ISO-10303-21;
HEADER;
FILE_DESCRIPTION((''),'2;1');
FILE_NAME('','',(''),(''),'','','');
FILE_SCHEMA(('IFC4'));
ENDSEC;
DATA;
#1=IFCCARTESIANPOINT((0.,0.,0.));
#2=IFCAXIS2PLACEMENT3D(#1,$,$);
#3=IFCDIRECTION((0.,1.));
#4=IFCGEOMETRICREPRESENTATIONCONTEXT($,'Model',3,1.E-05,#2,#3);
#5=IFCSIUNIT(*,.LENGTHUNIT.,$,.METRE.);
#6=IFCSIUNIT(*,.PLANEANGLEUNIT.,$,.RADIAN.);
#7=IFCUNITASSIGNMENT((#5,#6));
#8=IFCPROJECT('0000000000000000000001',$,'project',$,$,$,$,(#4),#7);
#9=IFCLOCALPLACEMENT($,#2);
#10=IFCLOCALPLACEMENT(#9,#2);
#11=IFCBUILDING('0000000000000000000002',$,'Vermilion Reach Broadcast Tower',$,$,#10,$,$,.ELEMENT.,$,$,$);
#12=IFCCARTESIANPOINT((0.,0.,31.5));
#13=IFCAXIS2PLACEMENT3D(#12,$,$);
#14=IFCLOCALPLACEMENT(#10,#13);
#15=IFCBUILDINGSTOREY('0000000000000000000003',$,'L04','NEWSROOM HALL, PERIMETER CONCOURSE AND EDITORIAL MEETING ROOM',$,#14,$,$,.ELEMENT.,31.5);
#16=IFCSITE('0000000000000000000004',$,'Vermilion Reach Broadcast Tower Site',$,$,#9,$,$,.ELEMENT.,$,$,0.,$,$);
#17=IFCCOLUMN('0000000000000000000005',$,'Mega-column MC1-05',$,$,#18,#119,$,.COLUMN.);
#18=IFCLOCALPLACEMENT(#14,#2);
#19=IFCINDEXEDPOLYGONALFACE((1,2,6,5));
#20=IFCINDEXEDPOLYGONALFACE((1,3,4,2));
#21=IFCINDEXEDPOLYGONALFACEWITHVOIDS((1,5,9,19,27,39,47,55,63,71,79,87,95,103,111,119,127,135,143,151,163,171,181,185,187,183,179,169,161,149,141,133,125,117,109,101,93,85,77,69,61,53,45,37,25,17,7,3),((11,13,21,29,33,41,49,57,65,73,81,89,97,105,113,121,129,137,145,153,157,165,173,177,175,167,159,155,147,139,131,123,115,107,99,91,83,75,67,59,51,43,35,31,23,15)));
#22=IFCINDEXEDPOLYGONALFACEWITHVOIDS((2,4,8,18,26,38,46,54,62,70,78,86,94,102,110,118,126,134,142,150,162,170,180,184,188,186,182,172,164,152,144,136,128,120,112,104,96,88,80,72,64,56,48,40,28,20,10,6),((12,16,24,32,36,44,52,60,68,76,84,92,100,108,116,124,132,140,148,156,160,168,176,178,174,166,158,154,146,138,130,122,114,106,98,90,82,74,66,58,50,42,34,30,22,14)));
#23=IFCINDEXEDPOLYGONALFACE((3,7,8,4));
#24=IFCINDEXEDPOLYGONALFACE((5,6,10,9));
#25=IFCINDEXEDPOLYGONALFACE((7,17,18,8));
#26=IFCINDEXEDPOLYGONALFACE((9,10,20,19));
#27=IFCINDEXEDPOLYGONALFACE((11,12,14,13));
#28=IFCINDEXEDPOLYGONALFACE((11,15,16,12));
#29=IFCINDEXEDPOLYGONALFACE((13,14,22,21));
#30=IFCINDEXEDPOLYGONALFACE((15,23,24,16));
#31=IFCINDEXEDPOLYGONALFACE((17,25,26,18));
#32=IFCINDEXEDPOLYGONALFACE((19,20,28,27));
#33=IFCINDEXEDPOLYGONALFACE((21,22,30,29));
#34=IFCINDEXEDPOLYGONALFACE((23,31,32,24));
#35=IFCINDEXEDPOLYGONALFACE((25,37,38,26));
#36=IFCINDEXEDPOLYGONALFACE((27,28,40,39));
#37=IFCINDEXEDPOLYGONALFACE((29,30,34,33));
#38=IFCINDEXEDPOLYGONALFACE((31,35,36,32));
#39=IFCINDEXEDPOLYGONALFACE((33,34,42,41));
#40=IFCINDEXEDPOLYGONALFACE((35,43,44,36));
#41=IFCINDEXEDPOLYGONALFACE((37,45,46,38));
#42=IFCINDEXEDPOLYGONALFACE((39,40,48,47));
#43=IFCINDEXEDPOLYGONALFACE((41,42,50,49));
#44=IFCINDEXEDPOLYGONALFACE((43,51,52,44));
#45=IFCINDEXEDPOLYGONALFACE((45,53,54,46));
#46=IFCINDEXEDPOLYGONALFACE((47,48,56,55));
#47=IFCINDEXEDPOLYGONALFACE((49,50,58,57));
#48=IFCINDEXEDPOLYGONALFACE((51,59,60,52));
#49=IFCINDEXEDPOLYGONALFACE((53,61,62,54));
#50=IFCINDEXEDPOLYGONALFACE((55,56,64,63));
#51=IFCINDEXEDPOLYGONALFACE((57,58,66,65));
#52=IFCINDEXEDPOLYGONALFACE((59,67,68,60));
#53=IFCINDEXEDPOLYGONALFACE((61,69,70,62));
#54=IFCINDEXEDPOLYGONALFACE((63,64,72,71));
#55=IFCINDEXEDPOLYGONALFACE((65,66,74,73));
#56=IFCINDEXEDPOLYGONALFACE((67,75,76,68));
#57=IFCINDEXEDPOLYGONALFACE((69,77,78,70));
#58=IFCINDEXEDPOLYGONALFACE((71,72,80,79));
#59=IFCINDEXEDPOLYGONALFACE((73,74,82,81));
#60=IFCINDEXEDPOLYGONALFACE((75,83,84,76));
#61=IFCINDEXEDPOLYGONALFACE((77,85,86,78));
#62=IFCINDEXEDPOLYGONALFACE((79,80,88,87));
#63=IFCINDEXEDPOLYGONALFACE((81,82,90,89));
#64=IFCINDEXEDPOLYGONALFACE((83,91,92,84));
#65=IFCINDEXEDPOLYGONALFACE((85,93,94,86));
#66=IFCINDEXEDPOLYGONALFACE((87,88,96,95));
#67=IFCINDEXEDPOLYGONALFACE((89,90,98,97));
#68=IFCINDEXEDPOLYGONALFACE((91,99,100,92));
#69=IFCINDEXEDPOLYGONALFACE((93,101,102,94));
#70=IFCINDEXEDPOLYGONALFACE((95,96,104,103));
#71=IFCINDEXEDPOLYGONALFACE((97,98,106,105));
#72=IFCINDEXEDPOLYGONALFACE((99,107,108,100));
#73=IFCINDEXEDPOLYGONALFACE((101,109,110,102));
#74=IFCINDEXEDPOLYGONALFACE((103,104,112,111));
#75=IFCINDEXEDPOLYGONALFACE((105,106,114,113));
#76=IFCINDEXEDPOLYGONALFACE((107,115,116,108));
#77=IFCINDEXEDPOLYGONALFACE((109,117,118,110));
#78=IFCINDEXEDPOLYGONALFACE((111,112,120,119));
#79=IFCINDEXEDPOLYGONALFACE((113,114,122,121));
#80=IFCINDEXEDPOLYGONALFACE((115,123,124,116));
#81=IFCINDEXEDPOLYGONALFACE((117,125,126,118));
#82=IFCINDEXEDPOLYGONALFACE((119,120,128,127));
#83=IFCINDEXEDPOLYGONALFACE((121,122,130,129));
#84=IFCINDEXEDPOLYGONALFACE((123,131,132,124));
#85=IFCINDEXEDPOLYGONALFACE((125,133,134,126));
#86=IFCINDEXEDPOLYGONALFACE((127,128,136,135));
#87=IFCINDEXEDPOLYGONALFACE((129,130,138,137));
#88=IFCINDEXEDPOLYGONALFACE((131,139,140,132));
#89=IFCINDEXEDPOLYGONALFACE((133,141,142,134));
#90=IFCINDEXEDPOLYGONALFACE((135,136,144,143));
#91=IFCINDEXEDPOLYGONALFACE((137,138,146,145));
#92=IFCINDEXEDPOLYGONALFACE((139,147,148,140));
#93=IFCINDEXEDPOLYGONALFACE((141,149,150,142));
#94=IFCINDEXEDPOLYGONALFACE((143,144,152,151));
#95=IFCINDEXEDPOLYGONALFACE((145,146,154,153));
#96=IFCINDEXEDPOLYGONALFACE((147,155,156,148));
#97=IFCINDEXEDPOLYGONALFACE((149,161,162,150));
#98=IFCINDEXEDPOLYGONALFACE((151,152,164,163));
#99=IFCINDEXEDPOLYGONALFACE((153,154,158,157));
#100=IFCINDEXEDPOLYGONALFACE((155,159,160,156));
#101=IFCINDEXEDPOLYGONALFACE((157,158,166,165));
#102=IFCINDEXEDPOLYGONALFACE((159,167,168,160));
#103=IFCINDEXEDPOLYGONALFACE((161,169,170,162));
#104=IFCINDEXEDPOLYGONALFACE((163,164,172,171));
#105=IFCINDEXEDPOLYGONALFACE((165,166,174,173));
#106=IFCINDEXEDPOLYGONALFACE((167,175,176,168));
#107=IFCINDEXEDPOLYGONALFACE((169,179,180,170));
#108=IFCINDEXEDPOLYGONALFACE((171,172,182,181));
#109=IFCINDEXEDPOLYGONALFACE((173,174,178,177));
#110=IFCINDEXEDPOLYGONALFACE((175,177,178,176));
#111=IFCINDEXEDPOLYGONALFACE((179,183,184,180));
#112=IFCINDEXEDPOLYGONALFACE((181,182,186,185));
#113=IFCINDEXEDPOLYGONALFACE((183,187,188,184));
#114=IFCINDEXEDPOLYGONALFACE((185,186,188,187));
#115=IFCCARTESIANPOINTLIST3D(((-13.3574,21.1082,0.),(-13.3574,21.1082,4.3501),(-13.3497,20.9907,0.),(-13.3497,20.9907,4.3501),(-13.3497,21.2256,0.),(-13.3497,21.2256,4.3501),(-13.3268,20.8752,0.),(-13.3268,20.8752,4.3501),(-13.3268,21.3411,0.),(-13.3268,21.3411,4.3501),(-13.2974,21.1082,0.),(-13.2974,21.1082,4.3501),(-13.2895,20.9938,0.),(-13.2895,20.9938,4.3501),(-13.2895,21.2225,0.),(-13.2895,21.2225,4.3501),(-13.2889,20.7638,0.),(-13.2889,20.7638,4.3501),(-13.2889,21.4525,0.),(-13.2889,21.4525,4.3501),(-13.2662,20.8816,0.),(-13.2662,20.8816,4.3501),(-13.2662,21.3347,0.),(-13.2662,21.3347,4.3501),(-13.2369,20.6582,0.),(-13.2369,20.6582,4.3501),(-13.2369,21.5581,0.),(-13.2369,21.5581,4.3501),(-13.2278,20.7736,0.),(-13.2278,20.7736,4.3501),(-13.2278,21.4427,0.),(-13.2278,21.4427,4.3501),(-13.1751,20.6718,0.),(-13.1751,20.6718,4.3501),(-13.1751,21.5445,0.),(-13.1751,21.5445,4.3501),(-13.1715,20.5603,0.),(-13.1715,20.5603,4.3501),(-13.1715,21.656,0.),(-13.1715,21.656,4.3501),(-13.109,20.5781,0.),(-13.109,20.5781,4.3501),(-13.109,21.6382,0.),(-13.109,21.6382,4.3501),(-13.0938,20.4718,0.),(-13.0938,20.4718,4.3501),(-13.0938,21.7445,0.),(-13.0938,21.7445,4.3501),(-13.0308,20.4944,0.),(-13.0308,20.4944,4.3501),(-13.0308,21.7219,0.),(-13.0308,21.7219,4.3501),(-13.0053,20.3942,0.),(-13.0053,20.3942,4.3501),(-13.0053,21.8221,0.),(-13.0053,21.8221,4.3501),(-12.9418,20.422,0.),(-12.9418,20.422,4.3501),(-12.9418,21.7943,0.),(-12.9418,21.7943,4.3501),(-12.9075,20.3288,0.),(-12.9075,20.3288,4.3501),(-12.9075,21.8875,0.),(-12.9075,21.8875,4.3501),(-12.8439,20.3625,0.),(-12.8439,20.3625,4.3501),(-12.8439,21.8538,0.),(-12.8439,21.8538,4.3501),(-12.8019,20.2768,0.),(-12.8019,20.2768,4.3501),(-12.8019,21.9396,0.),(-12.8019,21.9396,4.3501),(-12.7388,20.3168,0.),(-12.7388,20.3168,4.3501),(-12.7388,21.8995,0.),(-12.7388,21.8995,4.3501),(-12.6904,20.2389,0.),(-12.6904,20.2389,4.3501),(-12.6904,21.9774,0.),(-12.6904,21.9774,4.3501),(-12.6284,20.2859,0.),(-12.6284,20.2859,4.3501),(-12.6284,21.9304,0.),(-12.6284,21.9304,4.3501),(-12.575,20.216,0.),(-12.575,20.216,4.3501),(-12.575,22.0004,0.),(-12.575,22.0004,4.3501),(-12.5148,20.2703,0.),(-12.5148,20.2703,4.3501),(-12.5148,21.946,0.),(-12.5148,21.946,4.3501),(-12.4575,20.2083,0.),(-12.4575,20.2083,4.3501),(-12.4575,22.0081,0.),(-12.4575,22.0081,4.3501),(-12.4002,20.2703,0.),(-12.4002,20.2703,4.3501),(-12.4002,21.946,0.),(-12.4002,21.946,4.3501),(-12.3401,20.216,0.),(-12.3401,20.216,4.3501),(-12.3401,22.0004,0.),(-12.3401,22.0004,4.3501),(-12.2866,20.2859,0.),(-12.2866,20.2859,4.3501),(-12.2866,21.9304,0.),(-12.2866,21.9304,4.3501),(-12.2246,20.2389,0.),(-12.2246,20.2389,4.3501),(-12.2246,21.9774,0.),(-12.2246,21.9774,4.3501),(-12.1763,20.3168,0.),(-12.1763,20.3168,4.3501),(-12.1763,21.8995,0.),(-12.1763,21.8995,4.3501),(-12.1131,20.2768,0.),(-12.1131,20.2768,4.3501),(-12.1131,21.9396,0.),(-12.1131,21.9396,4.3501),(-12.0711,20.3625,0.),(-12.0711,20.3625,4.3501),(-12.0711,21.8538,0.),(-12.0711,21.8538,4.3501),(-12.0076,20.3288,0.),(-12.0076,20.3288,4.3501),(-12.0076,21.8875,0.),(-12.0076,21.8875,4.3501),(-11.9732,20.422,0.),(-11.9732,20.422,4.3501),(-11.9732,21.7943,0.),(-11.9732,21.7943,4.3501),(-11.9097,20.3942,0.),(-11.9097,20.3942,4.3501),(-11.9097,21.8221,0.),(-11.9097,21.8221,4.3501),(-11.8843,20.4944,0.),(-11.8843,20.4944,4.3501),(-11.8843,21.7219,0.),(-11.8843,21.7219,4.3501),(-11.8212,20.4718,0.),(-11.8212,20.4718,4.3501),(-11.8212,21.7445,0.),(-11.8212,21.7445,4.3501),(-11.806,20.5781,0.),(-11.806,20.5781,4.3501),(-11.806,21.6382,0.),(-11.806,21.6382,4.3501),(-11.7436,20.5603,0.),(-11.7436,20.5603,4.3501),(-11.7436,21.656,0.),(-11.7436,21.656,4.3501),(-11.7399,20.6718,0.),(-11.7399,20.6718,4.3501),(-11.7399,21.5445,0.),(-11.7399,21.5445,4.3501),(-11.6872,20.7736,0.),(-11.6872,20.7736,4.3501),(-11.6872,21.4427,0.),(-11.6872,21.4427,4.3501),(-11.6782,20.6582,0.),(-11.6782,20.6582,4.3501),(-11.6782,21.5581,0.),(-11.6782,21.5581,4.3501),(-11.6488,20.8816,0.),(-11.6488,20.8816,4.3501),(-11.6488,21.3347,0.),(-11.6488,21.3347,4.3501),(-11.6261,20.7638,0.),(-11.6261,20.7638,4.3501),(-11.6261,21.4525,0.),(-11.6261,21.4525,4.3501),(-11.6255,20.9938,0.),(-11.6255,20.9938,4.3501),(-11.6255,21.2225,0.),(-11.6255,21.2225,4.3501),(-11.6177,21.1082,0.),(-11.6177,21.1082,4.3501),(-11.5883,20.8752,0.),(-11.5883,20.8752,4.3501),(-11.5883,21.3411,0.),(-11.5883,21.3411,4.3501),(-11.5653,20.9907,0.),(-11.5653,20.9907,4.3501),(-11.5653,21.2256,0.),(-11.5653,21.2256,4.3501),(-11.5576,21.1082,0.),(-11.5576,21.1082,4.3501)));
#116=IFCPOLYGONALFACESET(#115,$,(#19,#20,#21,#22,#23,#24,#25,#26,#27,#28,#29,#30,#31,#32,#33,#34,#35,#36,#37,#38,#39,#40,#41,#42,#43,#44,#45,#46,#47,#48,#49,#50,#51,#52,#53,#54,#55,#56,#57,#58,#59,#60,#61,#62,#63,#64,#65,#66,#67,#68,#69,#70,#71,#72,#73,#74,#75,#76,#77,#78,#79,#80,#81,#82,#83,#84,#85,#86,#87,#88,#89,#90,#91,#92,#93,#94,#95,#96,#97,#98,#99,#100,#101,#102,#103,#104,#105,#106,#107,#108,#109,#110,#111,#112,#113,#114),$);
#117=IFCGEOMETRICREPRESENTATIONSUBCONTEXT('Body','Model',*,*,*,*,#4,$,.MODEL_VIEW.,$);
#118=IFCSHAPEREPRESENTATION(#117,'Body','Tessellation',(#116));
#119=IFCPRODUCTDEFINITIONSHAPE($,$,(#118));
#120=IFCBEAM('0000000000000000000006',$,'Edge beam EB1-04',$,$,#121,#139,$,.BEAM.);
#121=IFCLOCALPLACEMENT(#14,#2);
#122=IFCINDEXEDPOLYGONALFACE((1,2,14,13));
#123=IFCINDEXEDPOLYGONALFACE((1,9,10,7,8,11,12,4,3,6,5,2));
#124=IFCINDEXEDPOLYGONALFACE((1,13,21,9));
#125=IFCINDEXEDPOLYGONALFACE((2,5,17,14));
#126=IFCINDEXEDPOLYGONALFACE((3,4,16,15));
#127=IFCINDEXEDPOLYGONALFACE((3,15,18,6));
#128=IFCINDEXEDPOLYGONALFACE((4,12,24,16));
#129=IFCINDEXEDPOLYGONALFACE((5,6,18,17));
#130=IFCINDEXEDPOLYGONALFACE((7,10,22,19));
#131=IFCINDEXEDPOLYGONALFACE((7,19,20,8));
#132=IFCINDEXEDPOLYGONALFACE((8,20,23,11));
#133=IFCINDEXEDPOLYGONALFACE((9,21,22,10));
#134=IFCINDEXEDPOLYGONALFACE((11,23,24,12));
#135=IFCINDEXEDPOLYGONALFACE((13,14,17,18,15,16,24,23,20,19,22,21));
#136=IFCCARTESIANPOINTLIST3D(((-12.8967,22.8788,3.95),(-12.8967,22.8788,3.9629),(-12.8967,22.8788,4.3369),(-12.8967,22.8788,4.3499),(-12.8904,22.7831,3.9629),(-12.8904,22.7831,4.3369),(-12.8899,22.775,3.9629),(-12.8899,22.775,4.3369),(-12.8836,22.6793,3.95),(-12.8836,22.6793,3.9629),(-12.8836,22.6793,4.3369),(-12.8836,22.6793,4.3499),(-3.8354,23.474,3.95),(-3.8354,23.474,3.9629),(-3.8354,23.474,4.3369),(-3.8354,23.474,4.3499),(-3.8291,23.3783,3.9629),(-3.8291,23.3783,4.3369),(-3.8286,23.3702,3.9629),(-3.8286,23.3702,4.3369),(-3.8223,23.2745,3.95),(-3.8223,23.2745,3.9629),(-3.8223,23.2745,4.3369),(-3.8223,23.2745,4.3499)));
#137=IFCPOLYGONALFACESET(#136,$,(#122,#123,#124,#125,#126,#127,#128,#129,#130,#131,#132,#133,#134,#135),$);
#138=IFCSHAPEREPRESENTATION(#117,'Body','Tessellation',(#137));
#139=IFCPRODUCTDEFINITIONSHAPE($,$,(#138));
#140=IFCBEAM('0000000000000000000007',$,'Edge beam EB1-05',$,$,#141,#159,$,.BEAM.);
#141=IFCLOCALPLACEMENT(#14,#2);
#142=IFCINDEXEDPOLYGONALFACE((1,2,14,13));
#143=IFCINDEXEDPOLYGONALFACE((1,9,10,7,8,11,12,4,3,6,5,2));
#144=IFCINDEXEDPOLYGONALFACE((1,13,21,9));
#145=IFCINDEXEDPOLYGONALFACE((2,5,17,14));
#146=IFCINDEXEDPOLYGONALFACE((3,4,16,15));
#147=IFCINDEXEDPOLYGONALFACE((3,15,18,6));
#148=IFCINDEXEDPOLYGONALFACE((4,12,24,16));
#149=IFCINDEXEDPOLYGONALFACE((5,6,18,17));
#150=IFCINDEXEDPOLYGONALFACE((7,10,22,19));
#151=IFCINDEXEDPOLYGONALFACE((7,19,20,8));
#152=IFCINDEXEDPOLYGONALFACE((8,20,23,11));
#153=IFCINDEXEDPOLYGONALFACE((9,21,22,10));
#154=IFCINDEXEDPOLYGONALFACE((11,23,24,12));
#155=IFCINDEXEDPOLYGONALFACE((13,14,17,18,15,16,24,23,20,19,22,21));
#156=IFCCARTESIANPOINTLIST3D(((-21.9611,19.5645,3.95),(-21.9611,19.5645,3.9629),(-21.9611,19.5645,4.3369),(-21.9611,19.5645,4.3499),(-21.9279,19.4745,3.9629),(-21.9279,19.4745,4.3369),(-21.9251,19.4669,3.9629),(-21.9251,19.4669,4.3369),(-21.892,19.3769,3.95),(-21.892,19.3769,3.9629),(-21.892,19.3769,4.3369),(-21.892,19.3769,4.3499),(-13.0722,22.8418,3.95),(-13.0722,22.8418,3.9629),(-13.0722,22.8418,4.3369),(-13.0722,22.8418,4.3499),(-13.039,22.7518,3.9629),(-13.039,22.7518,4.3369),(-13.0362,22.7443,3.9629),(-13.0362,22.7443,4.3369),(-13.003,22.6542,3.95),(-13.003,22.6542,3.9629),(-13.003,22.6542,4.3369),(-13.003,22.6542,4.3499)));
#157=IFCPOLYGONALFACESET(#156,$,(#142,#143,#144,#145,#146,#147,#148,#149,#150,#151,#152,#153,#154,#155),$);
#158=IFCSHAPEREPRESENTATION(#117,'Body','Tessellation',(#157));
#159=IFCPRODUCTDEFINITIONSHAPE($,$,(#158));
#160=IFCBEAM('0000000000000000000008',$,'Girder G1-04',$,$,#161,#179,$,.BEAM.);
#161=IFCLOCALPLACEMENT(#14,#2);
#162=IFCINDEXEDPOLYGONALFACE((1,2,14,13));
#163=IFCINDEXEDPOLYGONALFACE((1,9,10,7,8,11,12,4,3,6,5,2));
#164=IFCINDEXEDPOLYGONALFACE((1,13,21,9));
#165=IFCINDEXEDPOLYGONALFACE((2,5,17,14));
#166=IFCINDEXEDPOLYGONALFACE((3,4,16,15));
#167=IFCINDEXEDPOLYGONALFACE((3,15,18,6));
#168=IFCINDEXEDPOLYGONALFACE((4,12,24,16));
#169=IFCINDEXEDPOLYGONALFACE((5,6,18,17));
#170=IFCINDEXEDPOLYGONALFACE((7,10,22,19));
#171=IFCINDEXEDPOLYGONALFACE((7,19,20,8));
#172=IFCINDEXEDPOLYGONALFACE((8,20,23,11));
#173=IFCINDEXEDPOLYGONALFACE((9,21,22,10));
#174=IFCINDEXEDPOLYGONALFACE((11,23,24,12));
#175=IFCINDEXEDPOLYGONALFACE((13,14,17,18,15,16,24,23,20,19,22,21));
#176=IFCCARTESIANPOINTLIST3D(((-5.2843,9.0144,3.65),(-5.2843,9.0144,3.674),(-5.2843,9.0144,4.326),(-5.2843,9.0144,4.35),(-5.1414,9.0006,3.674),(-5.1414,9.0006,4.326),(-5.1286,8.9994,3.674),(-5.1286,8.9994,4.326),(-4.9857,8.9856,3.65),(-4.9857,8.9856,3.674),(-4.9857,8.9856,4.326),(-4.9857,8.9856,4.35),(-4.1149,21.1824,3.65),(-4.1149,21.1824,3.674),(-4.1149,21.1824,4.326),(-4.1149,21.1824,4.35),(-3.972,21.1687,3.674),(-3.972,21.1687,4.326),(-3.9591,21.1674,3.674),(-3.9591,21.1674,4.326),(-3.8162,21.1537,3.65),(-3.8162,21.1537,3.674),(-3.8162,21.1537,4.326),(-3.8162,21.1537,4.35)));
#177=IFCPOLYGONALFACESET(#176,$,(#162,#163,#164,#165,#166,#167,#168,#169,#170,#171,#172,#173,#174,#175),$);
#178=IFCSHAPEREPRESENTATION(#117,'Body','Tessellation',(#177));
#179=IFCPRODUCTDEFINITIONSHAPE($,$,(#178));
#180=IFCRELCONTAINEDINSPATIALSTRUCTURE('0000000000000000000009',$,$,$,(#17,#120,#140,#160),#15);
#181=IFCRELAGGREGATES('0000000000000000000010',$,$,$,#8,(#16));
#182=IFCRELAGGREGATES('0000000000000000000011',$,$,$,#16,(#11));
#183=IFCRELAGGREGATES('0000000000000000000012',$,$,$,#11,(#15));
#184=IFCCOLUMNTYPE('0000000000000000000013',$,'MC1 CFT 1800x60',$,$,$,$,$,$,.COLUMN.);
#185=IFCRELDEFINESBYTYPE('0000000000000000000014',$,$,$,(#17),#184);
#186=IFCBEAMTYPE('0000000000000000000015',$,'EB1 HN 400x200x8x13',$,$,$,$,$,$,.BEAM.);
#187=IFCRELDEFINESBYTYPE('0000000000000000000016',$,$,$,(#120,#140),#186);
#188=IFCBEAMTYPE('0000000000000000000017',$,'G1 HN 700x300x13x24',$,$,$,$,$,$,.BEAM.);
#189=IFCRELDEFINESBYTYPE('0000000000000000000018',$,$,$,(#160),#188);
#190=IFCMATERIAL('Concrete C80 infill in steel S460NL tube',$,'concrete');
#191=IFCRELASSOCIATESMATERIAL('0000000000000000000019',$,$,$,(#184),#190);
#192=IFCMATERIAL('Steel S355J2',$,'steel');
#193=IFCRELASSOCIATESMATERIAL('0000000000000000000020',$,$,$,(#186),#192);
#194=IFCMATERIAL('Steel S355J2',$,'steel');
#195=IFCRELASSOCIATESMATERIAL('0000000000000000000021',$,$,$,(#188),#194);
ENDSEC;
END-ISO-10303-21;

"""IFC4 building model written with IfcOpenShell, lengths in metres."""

from ifc_helpers import new_model, si_unit, direction, frame, origin, origin_2d, place, context, subcontext, project, spatial, hollow_circle, i_section, extrude, material, material_profile, profile_set, type_object, element, save


model = new_model("IFC4")

# Units and contexts
model_context = context("Model", 3, precision=1e-05, world=origin(), true_north=direction((0.0, 1.0)))
body_context = subcontext(model_context, "Body", "Model", "MODEL_VIEW")
ifc_project = project(units=[si_unit("LENGTHUNIT", "METRE"), si_unit("PLANEANGLEUNIT", "RADIAN")], contexts=[model_context])

# Site, building, storey
site_placement = place(None, origin())
site = spatial("IfcSite", under=ifc_project, at=site_placement, Name="Vermilion Reach Broadcast Tower Site", CompositionType="ELEMENT", RefElevation=0.0)
building_placement = place(site_placement, origin())
building = spatial("IfcBuilding", under=site, at=building_placement, Name="Vermilion Reach Broadcast Tower", CompositionType="ELEMENT")
storey_placement = place(building_placement, frame((0.0, 0.0, 31.5)))
storey = spatial("IfcBuildingStorey", under=building, at=storey_placement, Name="L04", Description="NEWSROOM HALL, PERIMETER CONCOURSE AND EDITORIAL MEETING ROOM", CompositionType="ELEMENT", Elevation=31.5)

# Column
ifc_material_1 = material(Name="Concrete C80 infill in steel S460NL tube", Category="concrete")
ifc_material_profile_1 = material_profile(ifc_material_1, hollow_circle(Radius=0.8999, WallThickness=0.0601, at=origin_2d()), Name="Concrete C80 infill in steel S460NL tube CFT 1800x60")
ifc_profile_set_1 = profile_set([ifc_material_profile_1], Name="Concrete C80 infill in steel S460NL tube")
column_type = type_object("IfcColumnType", Name="MC1 CFT 1800x60", PredefinedType="COLUMN", material=ifc_profile_set_1)
for number, where, z_axis, x_axis, name in (
    (1, (-12.4575, 21.1082, 0.0), (0.0, 0.0, 1.0), (1.0, 0.0, 0.0), "Mega-column MC1-05"),
):
    element("IfcColumn", number, at=place(storey_placement, frame(where, z_axis=z_axis, x_axis=x_axis)), inside=storey, type_object=column_type, Name=name, PredefinedType="COLUMN", context=body_context, shape_type="SweptSolid", body=[
        extrude(hollow_circle(Radius=0.8999, WallThickness=0.0601, at=origin_2d()), origin(), (0.0, 0.0, 1.0), 4.3501),
    ])

# Beams
ifc_material_2 = material(Name="Steel S355J2", Category="steel")
ifc_material_profile_2 = material_profile(ifc_material_2, i_section(OverallWidth=0.2, OverallDepth=0.3999, WebThickness=0.0081, FlangeThickness=0.0129, at=origin_2d()), Name="S355J2 HN 400x200x8x13")
ifc_profile_set_2 = profile_set([ifc_material_profile_2], Name="Steel S355J2")
beam_type_1 = type_object("IfcBeamType", Name="EB1 HN 400x200x8x13", PredefinedType="BEAM", material=ifc_profile_set_2)
beam_1_placement = place(storey_placement, frame((-3.8289, 23.3743, 4.1499), z_axis=(-0.99785, -0.065546, 0.0), x_axis=(0.065546, -0.99785, 0.0)))
element("IfcBeam", 2, at=beam_1_placement, inside=storey, type_object=beam_type_1, Name="Edge beam EB1-04", PredefinedType="BEAM", context=body_context, shape_type="SweptSolid", body=[
    extrude(i_section(OverallWidth=0.2, OverallDepth=0.3999, WebThickness=0.0081, FlangeThickness=0.0129, at=origin_2d()), origin(), (0.0, 0.0, 1.0), 9.0808),
])
beam_2_placement = place(storey_placement, frame((-13.0376, 22.748, 4.1499), z_axis=(-0.938258, -0.345936, 0.0), x_axis=(0.345936, -0.938258, 0.0)))
element("IfcBeam", 3, at=beam_2_placement, inside=storey, type_object=beam_type_1, Name="Edge beam EB1-05", PredefinedType="BEAM", context=body_context, shape_type="SweptSolid", body=[
    extrude(i_section(OverallWidth=0.2, OverallDepth=0.3999, WebThickness=0.0081, FlangeThickness=0.0129, at=origin_2d()), origin(), (0.0, 0.0, 1.0), 9.4739),
])
ifc_material_3 = material(Name="Steel S355J2", Category="steel")
ifc_material_profile_3 = material_profile(ifc_material_3, i_section(OverallWidth=0.3, OverallDepth=0.7, WebThickness=0.0129, FlangeThickness=0.0239, at=origin_2d()), Name="S355J2 HN 700x300x13x24")
ifc_profile_set_3 = profile_set([ifc_material_profile_3], Name="Steel S355J2")
beam_type_2 = type_object("IfcBeamType", Name="G1 HN 700x300x13x24", PredefinedType="BEAM", material=ifc_profile_set_3)
beam_3_placement = place(storey_placement, frame((-5.135, 9.0, 4.0), z_axis=(0.095667, 0.995413, 0.0), x_axis=(-0.995413, 0.095667, 0.0)))
element("IfcBeam", 4, at=beam_3_placement, inside=storey, type_object=beam_type_2, Name="Girder G1-04", PredefinedType="BEAM", context=body_context, shape_type="SweptSolid", body=[
    extrude(i_section(OverallWidth=0.3, OverallDepth=0.7, WebThickness=0.0129, FlangeThickness=0.0239, at=origin_2d()), origin(), (0.0, 0.0, 1.0), 12.2241),
])

save(model, "model.ifc")
